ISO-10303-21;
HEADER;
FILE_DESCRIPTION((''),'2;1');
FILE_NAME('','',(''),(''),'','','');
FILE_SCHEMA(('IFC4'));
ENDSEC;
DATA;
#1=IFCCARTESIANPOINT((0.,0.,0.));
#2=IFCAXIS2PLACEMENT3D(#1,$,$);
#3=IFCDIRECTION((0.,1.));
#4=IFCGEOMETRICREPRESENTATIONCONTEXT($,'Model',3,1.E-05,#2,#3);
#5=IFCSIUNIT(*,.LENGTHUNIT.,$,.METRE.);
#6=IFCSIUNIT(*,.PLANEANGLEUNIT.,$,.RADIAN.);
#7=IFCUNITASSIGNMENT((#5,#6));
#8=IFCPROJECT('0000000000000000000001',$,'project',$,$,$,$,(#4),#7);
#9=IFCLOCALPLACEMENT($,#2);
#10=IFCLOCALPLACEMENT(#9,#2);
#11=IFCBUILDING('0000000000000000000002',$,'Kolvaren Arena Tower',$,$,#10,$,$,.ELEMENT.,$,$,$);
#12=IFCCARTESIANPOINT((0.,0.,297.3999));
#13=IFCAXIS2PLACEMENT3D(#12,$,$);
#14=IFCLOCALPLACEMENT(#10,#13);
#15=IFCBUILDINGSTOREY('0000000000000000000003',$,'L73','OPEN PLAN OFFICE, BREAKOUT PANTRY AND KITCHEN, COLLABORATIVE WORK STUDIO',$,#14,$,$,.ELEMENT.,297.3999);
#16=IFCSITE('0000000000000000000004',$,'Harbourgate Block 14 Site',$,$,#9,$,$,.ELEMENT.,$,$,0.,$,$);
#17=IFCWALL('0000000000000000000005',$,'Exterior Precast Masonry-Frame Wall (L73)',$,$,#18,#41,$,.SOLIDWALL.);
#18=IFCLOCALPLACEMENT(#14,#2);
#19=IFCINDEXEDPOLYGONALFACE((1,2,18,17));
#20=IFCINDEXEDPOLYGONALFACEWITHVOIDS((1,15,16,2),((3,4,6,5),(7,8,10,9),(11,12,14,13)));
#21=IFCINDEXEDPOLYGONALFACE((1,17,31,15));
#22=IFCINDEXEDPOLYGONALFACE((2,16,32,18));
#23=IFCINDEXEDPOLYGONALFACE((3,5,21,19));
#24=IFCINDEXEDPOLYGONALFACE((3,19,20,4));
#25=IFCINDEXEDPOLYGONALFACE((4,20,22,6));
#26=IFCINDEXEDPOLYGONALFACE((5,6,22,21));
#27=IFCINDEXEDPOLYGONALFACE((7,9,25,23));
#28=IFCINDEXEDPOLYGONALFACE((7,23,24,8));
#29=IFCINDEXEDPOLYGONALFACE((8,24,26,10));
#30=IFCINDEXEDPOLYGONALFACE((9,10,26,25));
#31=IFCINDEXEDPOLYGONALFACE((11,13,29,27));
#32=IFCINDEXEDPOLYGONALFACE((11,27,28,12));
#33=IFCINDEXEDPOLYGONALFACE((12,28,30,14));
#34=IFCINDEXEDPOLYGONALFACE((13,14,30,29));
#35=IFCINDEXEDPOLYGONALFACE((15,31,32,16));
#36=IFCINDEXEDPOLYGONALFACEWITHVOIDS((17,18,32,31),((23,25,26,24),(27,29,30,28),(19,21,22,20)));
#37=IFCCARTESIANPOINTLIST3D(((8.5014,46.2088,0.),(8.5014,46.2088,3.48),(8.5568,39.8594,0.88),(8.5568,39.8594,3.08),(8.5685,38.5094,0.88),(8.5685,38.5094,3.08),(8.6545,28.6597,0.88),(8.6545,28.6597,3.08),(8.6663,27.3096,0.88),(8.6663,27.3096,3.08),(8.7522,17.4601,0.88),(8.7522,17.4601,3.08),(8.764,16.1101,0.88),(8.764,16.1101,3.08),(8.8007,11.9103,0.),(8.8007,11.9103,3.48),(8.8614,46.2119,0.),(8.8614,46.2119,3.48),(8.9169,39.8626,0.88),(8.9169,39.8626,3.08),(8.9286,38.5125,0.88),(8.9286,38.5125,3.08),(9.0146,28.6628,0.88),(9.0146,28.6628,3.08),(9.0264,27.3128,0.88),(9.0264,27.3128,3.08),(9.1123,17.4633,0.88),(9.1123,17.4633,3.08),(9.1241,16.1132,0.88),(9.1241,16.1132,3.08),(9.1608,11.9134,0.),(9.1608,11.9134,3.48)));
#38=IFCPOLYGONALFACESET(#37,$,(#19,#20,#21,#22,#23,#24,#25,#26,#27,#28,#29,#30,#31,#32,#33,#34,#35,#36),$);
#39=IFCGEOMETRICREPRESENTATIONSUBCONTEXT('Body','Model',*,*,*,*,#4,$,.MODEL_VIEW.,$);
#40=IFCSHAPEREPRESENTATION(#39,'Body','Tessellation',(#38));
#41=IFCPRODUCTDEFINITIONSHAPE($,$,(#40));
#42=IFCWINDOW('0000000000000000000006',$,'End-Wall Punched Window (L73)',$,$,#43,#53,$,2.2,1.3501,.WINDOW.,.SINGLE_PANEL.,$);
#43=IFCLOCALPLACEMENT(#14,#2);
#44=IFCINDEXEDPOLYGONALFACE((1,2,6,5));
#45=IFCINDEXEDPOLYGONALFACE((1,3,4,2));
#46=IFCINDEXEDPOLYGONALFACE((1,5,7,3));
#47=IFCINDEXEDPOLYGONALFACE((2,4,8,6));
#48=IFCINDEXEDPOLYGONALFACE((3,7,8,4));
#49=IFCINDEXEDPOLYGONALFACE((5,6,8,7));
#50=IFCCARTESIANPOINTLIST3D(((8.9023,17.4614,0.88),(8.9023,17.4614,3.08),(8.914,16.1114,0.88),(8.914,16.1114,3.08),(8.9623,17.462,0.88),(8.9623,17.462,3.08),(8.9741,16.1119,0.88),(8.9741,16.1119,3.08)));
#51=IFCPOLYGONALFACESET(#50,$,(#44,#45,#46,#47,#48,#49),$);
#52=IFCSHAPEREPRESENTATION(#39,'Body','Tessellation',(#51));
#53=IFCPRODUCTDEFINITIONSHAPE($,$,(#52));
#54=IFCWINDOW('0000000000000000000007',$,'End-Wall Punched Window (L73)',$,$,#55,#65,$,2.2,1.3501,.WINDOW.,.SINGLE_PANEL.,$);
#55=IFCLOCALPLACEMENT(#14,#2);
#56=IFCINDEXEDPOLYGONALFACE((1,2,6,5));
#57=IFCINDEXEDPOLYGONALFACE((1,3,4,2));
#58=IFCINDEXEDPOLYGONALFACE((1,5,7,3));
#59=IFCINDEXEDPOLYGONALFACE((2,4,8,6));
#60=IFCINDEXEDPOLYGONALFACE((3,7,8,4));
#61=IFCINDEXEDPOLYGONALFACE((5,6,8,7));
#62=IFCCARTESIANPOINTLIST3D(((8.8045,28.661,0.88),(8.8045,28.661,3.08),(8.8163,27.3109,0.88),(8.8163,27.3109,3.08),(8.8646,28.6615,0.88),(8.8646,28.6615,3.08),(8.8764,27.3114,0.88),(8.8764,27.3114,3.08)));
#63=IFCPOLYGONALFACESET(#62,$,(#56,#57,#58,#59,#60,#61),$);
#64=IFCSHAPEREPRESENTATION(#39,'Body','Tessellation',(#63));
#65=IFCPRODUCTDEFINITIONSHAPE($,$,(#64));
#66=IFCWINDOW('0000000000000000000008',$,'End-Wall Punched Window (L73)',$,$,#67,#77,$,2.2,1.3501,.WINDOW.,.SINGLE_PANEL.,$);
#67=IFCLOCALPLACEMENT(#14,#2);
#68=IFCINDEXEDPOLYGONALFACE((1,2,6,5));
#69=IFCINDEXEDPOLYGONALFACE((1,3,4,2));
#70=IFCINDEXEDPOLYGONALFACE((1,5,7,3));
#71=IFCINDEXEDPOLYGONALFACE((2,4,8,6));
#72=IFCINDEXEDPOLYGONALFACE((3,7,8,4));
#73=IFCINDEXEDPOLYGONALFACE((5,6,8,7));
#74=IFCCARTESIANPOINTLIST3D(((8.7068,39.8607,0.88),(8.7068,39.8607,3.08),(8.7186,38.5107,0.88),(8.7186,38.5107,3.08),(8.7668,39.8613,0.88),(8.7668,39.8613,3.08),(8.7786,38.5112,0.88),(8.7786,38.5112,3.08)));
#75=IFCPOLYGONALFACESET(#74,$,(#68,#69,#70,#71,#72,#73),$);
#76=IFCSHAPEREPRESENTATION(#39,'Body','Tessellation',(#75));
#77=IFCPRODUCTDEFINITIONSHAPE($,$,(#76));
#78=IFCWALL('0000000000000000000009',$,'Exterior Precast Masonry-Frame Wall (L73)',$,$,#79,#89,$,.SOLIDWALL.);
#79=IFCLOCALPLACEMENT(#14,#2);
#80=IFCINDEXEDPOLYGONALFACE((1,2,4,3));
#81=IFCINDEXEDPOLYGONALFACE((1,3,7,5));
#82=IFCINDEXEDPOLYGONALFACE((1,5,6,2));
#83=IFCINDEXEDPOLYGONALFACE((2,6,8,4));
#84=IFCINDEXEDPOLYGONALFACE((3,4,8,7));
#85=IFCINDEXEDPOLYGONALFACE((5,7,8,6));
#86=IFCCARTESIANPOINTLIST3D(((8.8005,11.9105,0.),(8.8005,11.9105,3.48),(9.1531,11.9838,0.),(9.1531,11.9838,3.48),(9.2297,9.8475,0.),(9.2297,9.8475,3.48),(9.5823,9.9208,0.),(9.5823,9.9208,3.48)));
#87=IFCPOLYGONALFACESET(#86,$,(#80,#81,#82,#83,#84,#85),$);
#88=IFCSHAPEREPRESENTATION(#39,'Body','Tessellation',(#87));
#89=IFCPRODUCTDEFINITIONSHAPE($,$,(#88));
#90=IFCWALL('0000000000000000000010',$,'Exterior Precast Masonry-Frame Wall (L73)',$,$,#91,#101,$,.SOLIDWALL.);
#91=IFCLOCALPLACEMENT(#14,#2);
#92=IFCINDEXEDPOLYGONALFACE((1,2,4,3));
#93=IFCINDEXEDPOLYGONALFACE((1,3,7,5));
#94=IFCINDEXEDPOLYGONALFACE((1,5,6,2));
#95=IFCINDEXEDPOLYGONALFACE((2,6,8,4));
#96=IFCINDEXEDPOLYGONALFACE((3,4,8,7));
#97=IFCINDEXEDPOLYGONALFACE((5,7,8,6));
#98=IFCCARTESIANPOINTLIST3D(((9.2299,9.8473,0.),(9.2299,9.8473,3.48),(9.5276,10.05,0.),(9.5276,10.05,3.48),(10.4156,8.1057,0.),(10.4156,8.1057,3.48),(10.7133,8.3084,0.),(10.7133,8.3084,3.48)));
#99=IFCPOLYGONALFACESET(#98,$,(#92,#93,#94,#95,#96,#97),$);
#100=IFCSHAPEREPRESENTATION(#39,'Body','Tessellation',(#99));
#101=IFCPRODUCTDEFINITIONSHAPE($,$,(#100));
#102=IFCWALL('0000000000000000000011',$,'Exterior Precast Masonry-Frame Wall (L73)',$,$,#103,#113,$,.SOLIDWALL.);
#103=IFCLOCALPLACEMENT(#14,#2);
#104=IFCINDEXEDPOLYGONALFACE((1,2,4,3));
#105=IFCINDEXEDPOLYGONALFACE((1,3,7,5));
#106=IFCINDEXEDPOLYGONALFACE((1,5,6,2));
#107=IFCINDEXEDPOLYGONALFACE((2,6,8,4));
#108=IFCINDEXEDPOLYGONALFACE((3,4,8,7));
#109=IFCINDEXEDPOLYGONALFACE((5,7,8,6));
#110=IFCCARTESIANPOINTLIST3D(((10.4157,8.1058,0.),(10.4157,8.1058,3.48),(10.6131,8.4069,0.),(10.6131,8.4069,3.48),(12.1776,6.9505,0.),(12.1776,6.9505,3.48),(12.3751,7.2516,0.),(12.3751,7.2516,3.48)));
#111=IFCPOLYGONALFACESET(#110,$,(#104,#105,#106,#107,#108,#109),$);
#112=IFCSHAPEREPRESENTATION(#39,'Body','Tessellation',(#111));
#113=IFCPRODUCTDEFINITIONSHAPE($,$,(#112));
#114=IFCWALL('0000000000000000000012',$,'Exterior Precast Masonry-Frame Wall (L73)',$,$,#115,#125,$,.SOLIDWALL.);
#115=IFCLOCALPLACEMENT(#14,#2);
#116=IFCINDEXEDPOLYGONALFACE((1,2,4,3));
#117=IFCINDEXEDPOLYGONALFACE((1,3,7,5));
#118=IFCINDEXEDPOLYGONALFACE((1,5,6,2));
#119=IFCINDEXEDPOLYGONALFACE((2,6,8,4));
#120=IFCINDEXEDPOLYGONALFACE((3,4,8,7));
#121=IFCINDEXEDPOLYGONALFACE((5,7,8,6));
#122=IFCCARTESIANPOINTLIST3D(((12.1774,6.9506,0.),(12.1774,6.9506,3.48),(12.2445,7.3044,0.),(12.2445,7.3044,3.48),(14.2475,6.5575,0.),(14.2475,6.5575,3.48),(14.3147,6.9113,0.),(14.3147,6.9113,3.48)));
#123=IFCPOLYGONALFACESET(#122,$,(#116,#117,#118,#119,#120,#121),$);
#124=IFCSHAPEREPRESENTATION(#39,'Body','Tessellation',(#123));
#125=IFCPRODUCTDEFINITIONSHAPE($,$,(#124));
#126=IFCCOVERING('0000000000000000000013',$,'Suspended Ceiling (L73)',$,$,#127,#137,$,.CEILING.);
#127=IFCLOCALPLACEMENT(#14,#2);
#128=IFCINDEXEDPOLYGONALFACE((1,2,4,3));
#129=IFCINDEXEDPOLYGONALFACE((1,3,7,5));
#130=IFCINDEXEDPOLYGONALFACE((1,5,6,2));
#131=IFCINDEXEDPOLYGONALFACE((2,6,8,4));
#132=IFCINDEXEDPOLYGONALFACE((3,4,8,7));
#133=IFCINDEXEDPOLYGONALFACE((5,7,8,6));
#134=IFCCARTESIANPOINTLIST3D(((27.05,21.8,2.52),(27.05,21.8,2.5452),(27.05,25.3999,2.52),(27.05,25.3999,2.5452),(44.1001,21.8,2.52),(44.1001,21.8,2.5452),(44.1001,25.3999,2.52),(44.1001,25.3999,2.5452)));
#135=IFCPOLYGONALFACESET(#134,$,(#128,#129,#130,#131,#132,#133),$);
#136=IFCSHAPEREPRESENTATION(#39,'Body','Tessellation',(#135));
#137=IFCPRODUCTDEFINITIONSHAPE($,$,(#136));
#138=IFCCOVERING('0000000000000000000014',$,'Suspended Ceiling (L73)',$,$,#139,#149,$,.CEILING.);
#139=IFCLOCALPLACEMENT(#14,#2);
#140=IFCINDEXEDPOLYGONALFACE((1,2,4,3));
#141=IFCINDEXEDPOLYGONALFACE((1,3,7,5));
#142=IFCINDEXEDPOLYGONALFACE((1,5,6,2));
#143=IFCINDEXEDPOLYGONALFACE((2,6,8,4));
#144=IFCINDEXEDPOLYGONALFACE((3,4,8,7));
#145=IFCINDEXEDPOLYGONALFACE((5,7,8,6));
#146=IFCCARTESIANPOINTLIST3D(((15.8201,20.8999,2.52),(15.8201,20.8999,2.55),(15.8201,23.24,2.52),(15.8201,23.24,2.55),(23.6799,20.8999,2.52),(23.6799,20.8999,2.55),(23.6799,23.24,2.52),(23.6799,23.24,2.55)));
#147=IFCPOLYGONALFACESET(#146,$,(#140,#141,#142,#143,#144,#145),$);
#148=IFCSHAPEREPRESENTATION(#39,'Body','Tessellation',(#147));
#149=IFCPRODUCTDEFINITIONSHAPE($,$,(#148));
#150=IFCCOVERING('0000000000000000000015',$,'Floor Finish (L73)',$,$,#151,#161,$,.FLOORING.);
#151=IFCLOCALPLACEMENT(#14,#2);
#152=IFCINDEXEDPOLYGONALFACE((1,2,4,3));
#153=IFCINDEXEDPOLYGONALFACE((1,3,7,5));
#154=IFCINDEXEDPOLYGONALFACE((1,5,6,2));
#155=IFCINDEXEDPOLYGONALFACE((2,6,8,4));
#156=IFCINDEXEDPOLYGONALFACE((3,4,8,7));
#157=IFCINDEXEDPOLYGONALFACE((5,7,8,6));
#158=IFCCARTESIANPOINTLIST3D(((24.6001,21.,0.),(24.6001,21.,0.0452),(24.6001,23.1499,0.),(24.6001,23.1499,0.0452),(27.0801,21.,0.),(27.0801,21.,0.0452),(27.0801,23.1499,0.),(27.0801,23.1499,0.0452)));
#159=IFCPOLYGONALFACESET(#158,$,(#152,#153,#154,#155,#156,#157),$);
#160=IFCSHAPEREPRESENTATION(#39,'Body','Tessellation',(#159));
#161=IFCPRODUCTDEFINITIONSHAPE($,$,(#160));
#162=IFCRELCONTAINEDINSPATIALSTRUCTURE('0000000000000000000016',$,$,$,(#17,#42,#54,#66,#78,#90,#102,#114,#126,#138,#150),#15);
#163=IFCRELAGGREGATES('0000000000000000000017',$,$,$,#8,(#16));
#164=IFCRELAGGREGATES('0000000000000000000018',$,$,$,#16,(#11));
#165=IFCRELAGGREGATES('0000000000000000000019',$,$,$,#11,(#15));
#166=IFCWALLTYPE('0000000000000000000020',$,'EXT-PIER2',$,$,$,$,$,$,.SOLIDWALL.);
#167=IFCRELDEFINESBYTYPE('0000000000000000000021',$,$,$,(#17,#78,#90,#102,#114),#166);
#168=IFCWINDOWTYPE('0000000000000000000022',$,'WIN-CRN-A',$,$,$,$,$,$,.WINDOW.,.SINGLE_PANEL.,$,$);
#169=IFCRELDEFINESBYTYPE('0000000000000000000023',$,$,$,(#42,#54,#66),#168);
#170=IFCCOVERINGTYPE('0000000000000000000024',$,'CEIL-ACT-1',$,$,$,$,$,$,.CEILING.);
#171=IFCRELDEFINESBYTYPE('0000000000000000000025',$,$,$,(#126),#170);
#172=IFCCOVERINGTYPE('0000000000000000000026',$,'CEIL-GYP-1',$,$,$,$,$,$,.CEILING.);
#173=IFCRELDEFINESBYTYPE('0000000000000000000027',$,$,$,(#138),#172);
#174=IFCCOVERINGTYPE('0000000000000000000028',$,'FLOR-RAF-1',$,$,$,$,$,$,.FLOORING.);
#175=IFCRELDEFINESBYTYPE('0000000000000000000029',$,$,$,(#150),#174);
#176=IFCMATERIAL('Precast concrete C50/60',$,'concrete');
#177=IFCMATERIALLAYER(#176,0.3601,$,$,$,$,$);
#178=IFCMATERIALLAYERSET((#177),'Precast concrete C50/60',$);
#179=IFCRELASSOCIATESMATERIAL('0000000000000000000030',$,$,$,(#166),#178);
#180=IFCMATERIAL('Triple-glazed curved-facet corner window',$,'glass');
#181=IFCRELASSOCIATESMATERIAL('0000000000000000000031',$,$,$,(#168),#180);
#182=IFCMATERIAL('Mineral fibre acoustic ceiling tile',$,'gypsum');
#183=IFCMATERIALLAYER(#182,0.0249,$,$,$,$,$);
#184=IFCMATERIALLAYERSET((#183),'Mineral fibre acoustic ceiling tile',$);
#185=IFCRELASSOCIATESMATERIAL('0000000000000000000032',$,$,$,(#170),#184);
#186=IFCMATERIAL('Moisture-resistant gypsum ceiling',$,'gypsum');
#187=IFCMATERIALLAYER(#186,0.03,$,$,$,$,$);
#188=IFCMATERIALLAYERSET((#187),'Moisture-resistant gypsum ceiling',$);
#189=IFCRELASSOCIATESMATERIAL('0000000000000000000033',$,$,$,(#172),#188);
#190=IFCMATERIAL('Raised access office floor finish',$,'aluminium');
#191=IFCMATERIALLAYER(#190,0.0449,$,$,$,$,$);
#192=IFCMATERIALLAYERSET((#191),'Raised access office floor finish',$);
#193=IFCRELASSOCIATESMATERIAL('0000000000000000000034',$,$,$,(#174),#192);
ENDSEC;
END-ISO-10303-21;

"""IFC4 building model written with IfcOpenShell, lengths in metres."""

from ifc_helpers import new_model, si_unit, direction, frame, frame_2d, origin, place, context, subcontext, project, spatial, polyline, rectangle, outline, extrude, material, layer, layer_set, type_object, element, fill, save


model = new_model("IFC4")

# Units and contexts
model_context = context("Model", 3, precision=1e-05, world=origin(), true_north=direction((0.0, 1.0)))
body_context = subcontext(model_context, "Body", "Model", "MODEL_VIEW")
ifc_project = project(units=[si_unit("LENGTHUNIT", "METRE"), si_unit("PLANEANGLEUNIT", "RADIAN")], contexts=[model_context])

# Site, building, storey
site_placement = place(None, origin())
site = spatial("IfcSite", under=ifc_project, at=site_placement, Name="Harbourgate Block 14 Site", CompositionType="ELEMENT", RefElevation=0.0)
building_placement = place(site_placement, origin())
building = spatial("IfcBuilding", under=site, at=building_placement, Name="Kolvaren Arena Tower", CompositionType="ELEMENT")
storey_placement = place(building_placement, frame((0.0, 0.0, 297.3999)))
storey = spatial("IfcBuildingStorey", under=building, at=storey_placement, Name="L73", Description="OPEN PLAN OFFICE, BREAKOUT PANTRY AND KITCHEN, COLLABORATIVE WORK STUDIO", CompositionType="ELEMENT", Elevation=297.3999)

# Shared definitions
ifc_material_1 = material(Name="Precast concrete C50/60", Category="concrete")

# Wall, openings, windows
ifc_layer_1 = layer(ifc_material_1, 0.3601)
ifc_layer_set_1 = layer_set([ifc_layer_1], Name="Precast concrete C50/60")
wall_type = type_object("IfcWallType", Name="EXT-PIER2", PredefinedType="SOLIDWALL", material=ifc_layer_set_1)
wall_1_placement = place(storey_placement, frame((8.9807, 11.9119, 0.0), z_axis=(0.0, 0.0, 1.0), x_axis=(-0.008726, 0.999962, 0.0)))
wall_1 = element("IfcWall", 1, at=wall_1_placement, inside=storey, type_object=wall_type, Name="Exterior Precast Masonry-Frame Wall (L73)", PredefinedType="SOLIDWALL", context=body_context, shape_type="SweptSolid", body=[
    extrude(rectangle(XDim=34.2998, YDim=0.3601, at=frame_2d((17.1499, 0.0))), origin(), (0.0, 0.0, 1.0), 3.48),
])
opening_1_placement = place(wall_1_placement, frame((4.2, 0.0, 0.8799)))
opening_1 = element("IfcOpeningElement", 2, at=opening_1_placement, cuts=wall_1, PredefinedType="OPENING", context=body_context, shape_type="SweptSolid", body=[
    extrude(rectangle(XDim=1.3501, YDim=2.2, at=frame_2d((0.675, 1.1001))), frame((0.0, 0.1899, 0.0), z_axis=(0.0, -1.0, 0.0), x_axis=(1.0, 0.0, 0.0)), (0.0, 0.0, 1.0), 0.3801),
])
opening_2_placement = place(wall_1_placement, frame((15.3999, 0.0, 0.8799)))
opening_2 = element("IfcOpeningElement", 3, at=opening_2_placement, cuts=wall_1, PredefinedType="OPENING", context=body_context, shape_type="SweptSolid", body=[
    extrude(rectangle(XDim=1.3501, YDim=2.2, at=frame_2d((0.675, 1.1001))), frame((0.0, 0.1899, 0.0), z_axis=(0.0, -1.0, 0.0), x_axis=(1.0, 0.0, 0.0)), (0.0, 0.0, 1.0), 0.3801),
])
opening_3_placement = place(wall_1_placement, frame((26.6001, 0.0, 0.8799)))
opening_3 = element("IfcOpeningElement", 4, at=opening_3_placement, cuts=wall_1, PredefinedType="OPENING", context=body_context, shape_type="SweptSolid", body=[
    extrude(rectangle(XDim=1.3501, YDim=2.2, at=frame_2d((0.675, 1.1001))), frame((0.0, 0.1899, 0.0), z_axis=(0.0, -1.0, 0.0), x_axis=(1.0, 0.0, 0.0)), (0.0, 0.0, 1.0), 0.3801),
])
ifc_material_2 = material(Name="Triple-glazed curved-facet corner window", Category="glass")
window_type = type_object("IfcWindowType", Name="WIN-CRN-A", PartitioningType="SINGLE_PANEL", PredefinedType="WINDOW", material=ifc_material_2)
window_1_placement = place(opening_1_placement, origin())
window_1 = element("IfcWindow", 5, at=window_1_placement, inside=storey, type_object=window_type, Name="End-Wall Punched Window (L73)", OverallHeight=2.2, OverallWidth=1.3501, PartitioningType="SINGLE_PANEL", PredefinedType="WINDOW", context=body_context, shape_type="SweptSolid", body=[
    extrude(rectangle(XDim=1.3501, YDim=2.2, at=frame_2d((0.675, 1.1001))), frame((0.0, 0.03, 0.0), z_axis=(0.0, -1.0, 0.0), x_axis=(1.0, 0.0, 0.0)), (0.0, 0.0, 1.0), 0.0601),
])
fill(opening_1, window_1)
window_2_placement = place(opening_2_placement, origin())
window_2 = element("IfcWindow", 6, at=window_2_placement, inside=storey, type_object=window_type, Name="End-Wall Punched Window (L73)", OverallHeight=2.2, OverallWidth=1.3501, PartitioningType="SINGLE_PANEL", PredefinedType="WINDOW", context=body_context, shape_type="SweptSolid", body=[
    extrude(rectangle(XDim=1.3501, YDim=2.2, at=frame_2d((0.675, 1.1001))), frame((0.0, 0.03, 0.0), z_axis=(0.0, -1.0, 0.0), x_axis=(1.0, 0.0, 0.0)), (0.0, 0.0, 1.0), 0.0601),
])
fill(opening_2, window_2)
window_3_placement = place(opening_3_placement, origin())
window_3 = element("IfcWindow", 7, at=window_3_placement, inside=storey, type_object=window_type, Name="End-Wall Punched Window (L73)", OverallHeight=2.2, OverallWidth=1.3501, PartitioningType="SINGLE_PANEL", PredefinedType="WINDOW", context=body_context, shape_type="SweptSolid", body=[
    extrude(rectangle(XDim=1.3501, YDim=2.2, at=frame_2d((0.675, 1.1001))), frame((0.0, 0.03, 0.0), z_axis=(0.0, -1.0, 0.0), x_axis=(1.0, 0.0, 0.0)), (0.0, 0.0, 1.0), 0.0601),
])
fill(opening_3, window_3)

# Walls
wall_2_placement = place(storey_placement, frame((9.406, 9.884, 0.0), z_axis=(0.0, 0.0, 1.0), x_axis=(-0.203686, 0.979036, 0.0)))
element("IfcWall", 8, at=wall_2_placement, inside=storey, type_object=wall_type, Name="Exterior Precast Masonry-Frame Wall (L73)", PredefinedType="SOLIDWALL", context=body_context, shape_type="SweptSolid", body=[
    extrude(rectangle(XDim=2.1072, YDim=0.3601, at=frame_2d((1.0537, 0.0))), origin(), (0.0, 0.0, 1.0), 3.48),
])
for number, where, z_axis, x_axis, name in (
    (9, (10.5645, 8.207, 0.0), (0.0, 0.0, 1.0), (-0.562776, 0.82661, 0.0), "Exterior Precast Masonry-Frame Wall (L73)"),
    (10, (12.2764, 7.1011, 0.0), (0.0, 0.0, 1.0), (-0.836269, 0.54832, 0.0), "Exterior Precast Masonry-Frame Wall (L73)"),
):
    element("IfcWall", number, at=place(storey_placement, frame(where, z_axis=z_axis, x_axis=x_axis)), inside=storey, type_object=wall_type, Name=name, PredefinedType="SOLIDWALL", context=body_context, shape_type="SweptSolid", body=[
        extrude(rectangle(XDim=2.1069, YDim=0.3601, at=frame_2d((1.0535, 0.0))), origin(), (0.0, 0.0, 1.0), 3.48),
    ])
wall_3_placement = place(storey_placement, frame((14.2812, 6.7344, 0.0), z_axis=(0.0, 0.0, 1.0), x_axis=(-0.982446, 0.186548, 0.0)))
element("IfcWall", 11, at=wall_3_placement, inside=storey, type_object=wall_type, Name="Exterior Precast Masonry-Frame Wall (L73)", PredefinedType="SOLIDWALL", context=body_context, shape_type="SweptSolid", body=[
    extrude(rectangle(XDim=2.1072, YDim=0.3601, at=frame_2d((1.0537, 0.0))), origin(), (0.0, 0.0, 1.0), 3.48),
])

# Coverings
ifc_material_3 = material(Name="Mineral fibre acoustic ceiling tile", Category="gypsum")
ifc_layer_2 = layer(ifc_material_3, 0.0249)
ifc_layer_set_2 = layer_set([ifc_layer_2], Name="Mineral fibre acoustic ceiling tile")
covering_type_1 = type_object("IfcCoveringType", Name="CEIL-ACT-1", PredefinedType="CEILING", material=ifc_layer_set_2)
covering_1_placement = place(storey_placement, frame((0.0, 0.0, 2.52)))
element("IfcCovering", 12, at=covering_1_placement, inside=storey, type_object=covering_type_1, Name="Suspended Ceiling (L73)", PredefinedType="CEILING", context=body_context, shape_type="SweptSolid", body=[
    extrude(outline(polyline([(27.05, 21.8), (27.05, 25.3999), (44.1001, 25.3999), (44.1001, 21.8), (27.05, 21.8)])), origin(), (0.0, 0.0, 1.0), 0.0251),
])
ifc_material_4 = material(Name="Moisture-resistant gypsum ceiling", Category="gypsum")
ifc_layer_3 = layer(ifc_material_4, 0.03)
ifc_layer_set_3 = layer_set([ifc_layer_3], Name="Moisture-resistant gypsum ceiling")
covering_type_2 = type_object("IfcCoveringType", Name="CEIL-GYP-1", PredefinedType="CEILING", material=ifc_layer_set_3)
covering_2_placement = place(storey_placement, frame((0.0, 0.0, 2.52)))
element("IfcCovering", 13, at=covering_2_placement, inside=storey, type_object=covering_type_2, Name="Suspended Ceiling (L73)", PredefinedType="CEILING", context=body_context, shape_type="SweptSolid", body=[
    extrude(outline(polyline([(15.8201, 20.8999), (15.8201, 23.24), (23.6799, 23.24), (23.6799, 20.8999), (15.8201, 20.8999)])), origin(), (0.0, 0.0, 1.0), 0.03),
])
ifc_material_5 = material(Name="Raised access office floor finish", Category="aluminium")
ifc_layer_4 = layer(ifc_material_5, 0.0449)
ifc_layer_set_4 = layer_set([ifc_layer_4], Name="Raised access office floor finish")
covering_type_3 = type_object("IfcCoveringType", Name="FLOR-RAF-1", PredefinedType="FLOORING", material=ifc_layer_set_4)
covering_3_placement = place(storey_placement, origin())
element("IfcCovering", 14, at=covering_3_placement, inside=storey, type_object=covering_type_3, Name="Floor Finish (L73)", PredefinedType="FLOORING", context=body_context, shape_type="SweptSolid", body=[
    extrude(outline(polyline([(24.6001, 21.0), (24.6001, 23.1499), (27.0801, 23.1499), (27.0801, 21.0), (24.6001, 21.0)])), origin(), (0.0, 0.0, 1.0), 0.0452),
])

save(model, "model.ifc")
